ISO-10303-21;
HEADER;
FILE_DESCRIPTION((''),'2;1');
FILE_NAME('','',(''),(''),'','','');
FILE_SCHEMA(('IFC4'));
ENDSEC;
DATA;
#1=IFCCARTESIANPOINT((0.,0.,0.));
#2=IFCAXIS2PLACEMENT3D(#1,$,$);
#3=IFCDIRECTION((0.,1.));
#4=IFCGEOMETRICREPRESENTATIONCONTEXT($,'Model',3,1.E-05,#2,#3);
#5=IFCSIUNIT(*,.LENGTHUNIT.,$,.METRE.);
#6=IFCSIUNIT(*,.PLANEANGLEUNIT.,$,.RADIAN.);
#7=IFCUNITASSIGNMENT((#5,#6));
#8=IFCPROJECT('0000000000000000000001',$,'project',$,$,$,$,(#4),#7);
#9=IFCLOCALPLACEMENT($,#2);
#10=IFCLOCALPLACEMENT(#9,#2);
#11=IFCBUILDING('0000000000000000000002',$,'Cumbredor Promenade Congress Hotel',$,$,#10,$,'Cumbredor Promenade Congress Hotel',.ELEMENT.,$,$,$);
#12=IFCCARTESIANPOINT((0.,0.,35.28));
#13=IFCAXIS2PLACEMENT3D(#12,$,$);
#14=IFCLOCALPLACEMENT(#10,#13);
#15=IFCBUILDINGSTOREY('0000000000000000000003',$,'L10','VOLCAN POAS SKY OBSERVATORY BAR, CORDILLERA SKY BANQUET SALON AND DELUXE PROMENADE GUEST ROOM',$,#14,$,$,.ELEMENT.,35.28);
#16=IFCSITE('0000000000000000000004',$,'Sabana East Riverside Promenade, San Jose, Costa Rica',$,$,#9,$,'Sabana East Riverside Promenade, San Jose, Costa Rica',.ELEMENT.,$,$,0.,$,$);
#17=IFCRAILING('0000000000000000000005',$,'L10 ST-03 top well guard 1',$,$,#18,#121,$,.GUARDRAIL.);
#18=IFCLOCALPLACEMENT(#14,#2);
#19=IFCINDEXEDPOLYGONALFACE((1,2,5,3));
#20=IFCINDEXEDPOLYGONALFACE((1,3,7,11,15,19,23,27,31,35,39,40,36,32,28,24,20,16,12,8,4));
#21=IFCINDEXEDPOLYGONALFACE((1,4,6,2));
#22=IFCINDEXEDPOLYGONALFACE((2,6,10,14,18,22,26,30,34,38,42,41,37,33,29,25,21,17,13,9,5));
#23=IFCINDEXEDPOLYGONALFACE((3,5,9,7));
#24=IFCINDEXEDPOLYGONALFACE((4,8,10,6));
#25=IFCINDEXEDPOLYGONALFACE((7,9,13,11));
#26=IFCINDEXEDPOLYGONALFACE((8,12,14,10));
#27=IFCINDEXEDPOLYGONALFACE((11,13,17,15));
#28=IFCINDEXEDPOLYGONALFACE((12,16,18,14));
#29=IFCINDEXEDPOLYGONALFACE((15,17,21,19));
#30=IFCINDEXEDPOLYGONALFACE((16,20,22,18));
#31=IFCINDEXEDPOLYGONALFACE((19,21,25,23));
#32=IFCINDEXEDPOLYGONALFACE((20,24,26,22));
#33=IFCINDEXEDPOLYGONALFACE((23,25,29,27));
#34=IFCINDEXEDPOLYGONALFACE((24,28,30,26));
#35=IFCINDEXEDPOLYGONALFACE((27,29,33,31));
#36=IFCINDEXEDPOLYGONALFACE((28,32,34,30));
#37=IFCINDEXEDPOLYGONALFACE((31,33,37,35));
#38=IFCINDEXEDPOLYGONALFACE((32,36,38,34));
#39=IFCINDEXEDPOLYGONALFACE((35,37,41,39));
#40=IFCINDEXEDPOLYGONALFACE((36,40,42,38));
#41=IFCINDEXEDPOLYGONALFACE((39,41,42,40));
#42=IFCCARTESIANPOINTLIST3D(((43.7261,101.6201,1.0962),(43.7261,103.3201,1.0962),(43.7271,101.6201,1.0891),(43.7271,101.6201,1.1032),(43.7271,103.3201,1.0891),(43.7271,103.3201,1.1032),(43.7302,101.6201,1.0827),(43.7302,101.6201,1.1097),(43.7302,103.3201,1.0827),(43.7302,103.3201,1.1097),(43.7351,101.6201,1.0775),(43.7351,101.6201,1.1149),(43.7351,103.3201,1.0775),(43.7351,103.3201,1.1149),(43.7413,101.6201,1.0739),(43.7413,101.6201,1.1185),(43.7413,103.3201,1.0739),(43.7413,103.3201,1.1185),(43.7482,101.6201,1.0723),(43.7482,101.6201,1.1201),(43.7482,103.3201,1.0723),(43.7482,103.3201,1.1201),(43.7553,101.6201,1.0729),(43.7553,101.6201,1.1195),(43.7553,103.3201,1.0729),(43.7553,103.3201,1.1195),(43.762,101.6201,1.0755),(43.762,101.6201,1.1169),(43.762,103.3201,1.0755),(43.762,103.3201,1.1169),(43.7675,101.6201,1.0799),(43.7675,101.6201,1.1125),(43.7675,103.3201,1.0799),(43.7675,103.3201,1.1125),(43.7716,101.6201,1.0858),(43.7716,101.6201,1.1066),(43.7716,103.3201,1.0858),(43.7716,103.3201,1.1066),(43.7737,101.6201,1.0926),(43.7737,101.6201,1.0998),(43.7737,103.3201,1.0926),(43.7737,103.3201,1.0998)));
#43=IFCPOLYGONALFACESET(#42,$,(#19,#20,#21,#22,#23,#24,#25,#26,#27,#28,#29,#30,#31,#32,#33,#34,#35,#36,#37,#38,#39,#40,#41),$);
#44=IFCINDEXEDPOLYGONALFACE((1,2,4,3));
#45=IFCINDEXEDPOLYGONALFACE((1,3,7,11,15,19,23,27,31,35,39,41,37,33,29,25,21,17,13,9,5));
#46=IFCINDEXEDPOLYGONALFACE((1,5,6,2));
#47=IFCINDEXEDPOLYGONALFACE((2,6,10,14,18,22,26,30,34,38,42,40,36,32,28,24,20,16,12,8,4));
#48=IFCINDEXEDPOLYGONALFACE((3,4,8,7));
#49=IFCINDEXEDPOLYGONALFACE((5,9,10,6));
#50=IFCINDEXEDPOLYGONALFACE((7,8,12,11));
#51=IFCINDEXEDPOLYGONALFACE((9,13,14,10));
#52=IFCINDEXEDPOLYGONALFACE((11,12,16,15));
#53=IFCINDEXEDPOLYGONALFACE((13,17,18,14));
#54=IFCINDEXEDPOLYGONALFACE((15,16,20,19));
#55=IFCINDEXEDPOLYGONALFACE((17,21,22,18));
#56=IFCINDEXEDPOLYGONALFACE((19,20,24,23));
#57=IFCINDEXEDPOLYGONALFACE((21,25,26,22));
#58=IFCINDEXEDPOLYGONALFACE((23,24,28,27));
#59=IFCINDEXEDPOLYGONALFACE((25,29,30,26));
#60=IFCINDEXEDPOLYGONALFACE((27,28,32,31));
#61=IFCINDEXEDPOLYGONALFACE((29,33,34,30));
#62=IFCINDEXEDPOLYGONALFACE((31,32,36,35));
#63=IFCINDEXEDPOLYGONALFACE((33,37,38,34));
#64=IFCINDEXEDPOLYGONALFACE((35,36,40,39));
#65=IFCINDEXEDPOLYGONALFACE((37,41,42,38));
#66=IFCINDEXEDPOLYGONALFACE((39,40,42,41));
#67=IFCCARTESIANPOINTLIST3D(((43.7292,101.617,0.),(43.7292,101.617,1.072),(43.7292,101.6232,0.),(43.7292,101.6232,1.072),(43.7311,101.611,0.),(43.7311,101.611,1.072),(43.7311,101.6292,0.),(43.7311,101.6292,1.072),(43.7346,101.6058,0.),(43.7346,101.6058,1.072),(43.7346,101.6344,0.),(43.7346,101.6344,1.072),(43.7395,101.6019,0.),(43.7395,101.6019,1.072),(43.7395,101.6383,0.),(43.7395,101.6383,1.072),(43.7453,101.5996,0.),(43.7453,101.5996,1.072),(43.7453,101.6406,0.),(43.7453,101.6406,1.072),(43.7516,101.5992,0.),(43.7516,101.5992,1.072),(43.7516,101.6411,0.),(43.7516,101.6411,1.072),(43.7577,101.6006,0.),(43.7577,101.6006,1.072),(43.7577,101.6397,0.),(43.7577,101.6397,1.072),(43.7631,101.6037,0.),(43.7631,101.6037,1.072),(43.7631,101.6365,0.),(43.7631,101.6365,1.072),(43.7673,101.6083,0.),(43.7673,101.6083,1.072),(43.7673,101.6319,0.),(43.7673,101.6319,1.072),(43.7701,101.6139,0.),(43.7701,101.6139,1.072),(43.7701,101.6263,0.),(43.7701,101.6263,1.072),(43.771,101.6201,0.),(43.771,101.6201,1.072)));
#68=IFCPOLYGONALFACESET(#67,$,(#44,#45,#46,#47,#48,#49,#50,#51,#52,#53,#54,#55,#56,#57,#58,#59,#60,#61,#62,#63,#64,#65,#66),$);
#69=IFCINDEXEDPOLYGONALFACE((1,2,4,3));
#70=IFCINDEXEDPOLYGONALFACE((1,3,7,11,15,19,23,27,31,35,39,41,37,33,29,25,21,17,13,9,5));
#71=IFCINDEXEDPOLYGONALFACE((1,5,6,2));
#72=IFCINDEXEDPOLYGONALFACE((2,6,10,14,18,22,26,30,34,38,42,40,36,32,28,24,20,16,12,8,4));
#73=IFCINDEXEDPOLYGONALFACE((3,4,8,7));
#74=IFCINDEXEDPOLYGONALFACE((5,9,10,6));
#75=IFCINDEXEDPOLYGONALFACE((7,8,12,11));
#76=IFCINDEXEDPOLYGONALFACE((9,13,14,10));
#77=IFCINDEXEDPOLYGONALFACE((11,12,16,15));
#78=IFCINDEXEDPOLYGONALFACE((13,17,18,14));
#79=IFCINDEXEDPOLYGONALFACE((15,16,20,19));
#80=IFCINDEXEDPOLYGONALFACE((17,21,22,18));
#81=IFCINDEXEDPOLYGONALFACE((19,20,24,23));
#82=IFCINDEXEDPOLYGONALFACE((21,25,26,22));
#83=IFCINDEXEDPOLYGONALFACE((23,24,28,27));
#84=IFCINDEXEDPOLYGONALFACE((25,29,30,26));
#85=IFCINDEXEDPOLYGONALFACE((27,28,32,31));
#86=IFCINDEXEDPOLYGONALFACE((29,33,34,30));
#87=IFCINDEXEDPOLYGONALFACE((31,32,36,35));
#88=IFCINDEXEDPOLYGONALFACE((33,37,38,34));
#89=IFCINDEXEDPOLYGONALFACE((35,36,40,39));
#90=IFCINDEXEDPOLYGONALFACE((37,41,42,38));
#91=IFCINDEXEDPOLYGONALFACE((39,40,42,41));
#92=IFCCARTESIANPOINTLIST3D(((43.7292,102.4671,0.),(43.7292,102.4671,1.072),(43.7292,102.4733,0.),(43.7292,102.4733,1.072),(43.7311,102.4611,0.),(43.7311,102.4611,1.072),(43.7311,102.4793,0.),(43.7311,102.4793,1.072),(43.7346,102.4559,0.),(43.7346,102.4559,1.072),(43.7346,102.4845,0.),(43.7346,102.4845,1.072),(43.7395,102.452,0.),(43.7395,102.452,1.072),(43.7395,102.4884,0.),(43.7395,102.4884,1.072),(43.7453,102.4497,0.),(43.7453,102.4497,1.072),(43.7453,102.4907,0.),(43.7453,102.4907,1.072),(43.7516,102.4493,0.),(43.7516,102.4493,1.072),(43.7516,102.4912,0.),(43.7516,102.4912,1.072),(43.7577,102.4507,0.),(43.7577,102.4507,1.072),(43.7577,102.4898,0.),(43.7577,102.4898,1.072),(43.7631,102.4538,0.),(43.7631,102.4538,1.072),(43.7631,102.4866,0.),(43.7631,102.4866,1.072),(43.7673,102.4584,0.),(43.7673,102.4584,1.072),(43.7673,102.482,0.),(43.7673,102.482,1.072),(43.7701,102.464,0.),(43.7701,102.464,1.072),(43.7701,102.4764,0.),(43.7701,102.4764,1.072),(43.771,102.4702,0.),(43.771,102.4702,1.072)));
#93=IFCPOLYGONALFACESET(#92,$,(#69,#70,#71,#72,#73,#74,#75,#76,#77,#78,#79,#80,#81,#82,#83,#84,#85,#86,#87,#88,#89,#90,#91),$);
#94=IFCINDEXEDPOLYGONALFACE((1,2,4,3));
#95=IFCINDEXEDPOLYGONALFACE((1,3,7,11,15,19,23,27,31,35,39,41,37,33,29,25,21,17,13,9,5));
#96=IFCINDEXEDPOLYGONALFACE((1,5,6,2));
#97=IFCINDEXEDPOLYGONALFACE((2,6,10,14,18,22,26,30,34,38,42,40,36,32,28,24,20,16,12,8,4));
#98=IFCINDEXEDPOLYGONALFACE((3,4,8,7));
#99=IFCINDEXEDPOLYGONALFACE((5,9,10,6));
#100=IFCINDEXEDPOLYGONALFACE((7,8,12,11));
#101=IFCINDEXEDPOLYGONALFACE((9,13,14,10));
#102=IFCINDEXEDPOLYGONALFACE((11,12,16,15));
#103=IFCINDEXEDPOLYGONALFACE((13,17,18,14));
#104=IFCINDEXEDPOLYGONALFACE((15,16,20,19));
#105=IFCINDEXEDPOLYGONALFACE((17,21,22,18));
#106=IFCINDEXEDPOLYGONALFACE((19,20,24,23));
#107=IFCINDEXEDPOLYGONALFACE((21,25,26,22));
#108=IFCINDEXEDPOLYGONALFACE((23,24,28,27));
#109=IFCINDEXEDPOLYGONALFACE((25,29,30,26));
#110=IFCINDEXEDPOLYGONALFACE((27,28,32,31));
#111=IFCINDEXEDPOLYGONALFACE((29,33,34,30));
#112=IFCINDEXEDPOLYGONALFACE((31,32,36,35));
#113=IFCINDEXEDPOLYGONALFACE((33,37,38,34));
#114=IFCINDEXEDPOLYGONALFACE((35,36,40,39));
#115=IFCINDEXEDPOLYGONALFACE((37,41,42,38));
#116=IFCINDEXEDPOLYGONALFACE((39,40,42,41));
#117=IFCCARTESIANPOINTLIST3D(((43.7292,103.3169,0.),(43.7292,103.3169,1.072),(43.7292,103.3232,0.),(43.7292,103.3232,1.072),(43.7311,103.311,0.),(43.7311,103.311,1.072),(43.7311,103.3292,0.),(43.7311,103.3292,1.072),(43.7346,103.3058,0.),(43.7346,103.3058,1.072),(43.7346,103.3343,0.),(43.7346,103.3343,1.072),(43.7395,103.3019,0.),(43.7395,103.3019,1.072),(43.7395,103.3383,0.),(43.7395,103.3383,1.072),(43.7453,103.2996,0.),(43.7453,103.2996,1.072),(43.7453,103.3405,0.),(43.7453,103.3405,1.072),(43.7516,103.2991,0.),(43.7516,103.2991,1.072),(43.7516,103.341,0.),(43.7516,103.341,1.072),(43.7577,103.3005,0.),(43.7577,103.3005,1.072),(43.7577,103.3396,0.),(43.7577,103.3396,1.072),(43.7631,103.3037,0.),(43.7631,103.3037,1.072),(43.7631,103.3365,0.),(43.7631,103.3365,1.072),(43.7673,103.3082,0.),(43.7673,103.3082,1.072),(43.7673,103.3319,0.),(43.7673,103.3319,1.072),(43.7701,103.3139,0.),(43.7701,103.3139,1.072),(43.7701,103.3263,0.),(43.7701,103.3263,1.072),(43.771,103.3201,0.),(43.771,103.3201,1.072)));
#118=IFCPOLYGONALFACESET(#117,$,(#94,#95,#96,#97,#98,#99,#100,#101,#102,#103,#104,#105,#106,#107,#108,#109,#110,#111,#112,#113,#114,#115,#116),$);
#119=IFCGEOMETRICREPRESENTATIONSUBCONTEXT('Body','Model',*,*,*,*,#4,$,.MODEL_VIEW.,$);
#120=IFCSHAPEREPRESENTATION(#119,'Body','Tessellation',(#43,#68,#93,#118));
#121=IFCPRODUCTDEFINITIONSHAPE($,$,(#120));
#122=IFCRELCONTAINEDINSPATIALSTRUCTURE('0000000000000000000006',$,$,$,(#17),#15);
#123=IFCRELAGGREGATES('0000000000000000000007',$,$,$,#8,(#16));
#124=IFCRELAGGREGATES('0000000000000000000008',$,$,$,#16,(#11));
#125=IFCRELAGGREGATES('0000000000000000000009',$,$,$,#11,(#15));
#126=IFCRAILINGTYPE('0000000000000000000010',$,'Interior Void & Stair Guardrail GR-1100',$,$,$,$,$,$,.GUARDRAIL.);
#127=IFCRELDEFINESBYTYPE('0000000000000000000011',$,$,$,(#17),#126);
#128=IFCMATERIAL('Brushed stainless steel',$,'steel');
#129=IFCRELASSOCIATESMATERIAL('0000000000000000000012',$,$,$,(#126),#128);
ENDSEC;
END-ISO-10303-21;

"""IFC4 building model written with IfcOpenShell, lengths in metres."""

from ifc_helpers import new_model, si_unit, direction, frame, origin, origin_2d, place, context, subcontext, project, spatial, circle, extrude, material, type_object, element, save


model = new_model("IFC4")

# Units and contexts
model_context = context("Model", 3, precision=1e-05, world=origin(), true_north=direction((0.0, 1.0)))
body_context = subcontext(model_context, "Body", "Model", "MODEL_VIEW")
ifc_project = project(units=[si_unit("LENGTHUNIT", "METRE"), si_unit("PLANEANGLEUNIT", "RADIAN")], contexts=[model_context])

# Site, building, storey
site_placement = place(None, origin())
site = spatial("IfcSite", under=ifc_project, at=site_placement, Name="Sabana East Riverside Promenade, San Jose, Costa Rica", LongName="Sabana East Riverside Promenade, San Jose, Costa Rica", CompositionType="ELEMENT", RefElevation=0.0)
building_placement = place(site_placement, origin())
building = spatial("IfcBuilding", under=site, at=building_placement, Name="Cumbredor Promenade Congress Hotel", LongName="Cumbredor Promenade Congress Hotel", CompositionType="ELEMENT")
storey_placement = place(building_placement, frame((0.0, 0.0, 35.28)))
storey = spatial("IfcBuildingStorey", under=building, at=storey_placement, Name="L10", Description="VOLCAN POAS SKY OBSERVATORY BAR, CORDILLERA SKY BANQUET SALON AND DELUXE PROMENADE GUEST ROOM", CompositionType="ELEMENT", Elevation=35.28)

# Shared definitions
ifc_material_1 = material(Name="Brushed stainless steel", Category="steel")

# Railing
railing_type = type_object("IfcRailingType", Name="Interior Void & Stair Guardrail GR-1100", PredefinedType="GUARDRAIL", material=ifc_material_1)
railing_placement = place(storey_placement, frame((43.75, 101.6201, 0.0)))
element("IfcRailing", 1, at=railing_placement, inside=storey, type_object=railing_type, Name="L10 ST-03 top well guard 1", PredefinedType="GUARDRAIL", context=body_context, shape_type="SweptSolid", body=[
    extrude(circle(Radius=0.0239, at=origin_2d()), frame((0.0, 0.0, 1.0962), z_axis=(0.0, 1.0, 0.0), x_axis=(-1.0, 0.0, 0.0)), (0.0, 0.0, 1.0), 1.7),
    extrude(circle(Radius=0.021, at=origin_2d()), origin(), (0.0, 0.0, 1.0), 1.072),
    extrude(circle(Radius=0.021, at=origin_2d()), frame((0.0, 0.8501, 0.0)), (0.0, 0.0, 1.0), 1.072),
    extrude(circle(Radius=0.021, at=origin_2d()), frame((0.0, 1.7, 0.0)), (0.0, 0.0, 1.0), 1.072),
])

save(model, "model.ifc")
